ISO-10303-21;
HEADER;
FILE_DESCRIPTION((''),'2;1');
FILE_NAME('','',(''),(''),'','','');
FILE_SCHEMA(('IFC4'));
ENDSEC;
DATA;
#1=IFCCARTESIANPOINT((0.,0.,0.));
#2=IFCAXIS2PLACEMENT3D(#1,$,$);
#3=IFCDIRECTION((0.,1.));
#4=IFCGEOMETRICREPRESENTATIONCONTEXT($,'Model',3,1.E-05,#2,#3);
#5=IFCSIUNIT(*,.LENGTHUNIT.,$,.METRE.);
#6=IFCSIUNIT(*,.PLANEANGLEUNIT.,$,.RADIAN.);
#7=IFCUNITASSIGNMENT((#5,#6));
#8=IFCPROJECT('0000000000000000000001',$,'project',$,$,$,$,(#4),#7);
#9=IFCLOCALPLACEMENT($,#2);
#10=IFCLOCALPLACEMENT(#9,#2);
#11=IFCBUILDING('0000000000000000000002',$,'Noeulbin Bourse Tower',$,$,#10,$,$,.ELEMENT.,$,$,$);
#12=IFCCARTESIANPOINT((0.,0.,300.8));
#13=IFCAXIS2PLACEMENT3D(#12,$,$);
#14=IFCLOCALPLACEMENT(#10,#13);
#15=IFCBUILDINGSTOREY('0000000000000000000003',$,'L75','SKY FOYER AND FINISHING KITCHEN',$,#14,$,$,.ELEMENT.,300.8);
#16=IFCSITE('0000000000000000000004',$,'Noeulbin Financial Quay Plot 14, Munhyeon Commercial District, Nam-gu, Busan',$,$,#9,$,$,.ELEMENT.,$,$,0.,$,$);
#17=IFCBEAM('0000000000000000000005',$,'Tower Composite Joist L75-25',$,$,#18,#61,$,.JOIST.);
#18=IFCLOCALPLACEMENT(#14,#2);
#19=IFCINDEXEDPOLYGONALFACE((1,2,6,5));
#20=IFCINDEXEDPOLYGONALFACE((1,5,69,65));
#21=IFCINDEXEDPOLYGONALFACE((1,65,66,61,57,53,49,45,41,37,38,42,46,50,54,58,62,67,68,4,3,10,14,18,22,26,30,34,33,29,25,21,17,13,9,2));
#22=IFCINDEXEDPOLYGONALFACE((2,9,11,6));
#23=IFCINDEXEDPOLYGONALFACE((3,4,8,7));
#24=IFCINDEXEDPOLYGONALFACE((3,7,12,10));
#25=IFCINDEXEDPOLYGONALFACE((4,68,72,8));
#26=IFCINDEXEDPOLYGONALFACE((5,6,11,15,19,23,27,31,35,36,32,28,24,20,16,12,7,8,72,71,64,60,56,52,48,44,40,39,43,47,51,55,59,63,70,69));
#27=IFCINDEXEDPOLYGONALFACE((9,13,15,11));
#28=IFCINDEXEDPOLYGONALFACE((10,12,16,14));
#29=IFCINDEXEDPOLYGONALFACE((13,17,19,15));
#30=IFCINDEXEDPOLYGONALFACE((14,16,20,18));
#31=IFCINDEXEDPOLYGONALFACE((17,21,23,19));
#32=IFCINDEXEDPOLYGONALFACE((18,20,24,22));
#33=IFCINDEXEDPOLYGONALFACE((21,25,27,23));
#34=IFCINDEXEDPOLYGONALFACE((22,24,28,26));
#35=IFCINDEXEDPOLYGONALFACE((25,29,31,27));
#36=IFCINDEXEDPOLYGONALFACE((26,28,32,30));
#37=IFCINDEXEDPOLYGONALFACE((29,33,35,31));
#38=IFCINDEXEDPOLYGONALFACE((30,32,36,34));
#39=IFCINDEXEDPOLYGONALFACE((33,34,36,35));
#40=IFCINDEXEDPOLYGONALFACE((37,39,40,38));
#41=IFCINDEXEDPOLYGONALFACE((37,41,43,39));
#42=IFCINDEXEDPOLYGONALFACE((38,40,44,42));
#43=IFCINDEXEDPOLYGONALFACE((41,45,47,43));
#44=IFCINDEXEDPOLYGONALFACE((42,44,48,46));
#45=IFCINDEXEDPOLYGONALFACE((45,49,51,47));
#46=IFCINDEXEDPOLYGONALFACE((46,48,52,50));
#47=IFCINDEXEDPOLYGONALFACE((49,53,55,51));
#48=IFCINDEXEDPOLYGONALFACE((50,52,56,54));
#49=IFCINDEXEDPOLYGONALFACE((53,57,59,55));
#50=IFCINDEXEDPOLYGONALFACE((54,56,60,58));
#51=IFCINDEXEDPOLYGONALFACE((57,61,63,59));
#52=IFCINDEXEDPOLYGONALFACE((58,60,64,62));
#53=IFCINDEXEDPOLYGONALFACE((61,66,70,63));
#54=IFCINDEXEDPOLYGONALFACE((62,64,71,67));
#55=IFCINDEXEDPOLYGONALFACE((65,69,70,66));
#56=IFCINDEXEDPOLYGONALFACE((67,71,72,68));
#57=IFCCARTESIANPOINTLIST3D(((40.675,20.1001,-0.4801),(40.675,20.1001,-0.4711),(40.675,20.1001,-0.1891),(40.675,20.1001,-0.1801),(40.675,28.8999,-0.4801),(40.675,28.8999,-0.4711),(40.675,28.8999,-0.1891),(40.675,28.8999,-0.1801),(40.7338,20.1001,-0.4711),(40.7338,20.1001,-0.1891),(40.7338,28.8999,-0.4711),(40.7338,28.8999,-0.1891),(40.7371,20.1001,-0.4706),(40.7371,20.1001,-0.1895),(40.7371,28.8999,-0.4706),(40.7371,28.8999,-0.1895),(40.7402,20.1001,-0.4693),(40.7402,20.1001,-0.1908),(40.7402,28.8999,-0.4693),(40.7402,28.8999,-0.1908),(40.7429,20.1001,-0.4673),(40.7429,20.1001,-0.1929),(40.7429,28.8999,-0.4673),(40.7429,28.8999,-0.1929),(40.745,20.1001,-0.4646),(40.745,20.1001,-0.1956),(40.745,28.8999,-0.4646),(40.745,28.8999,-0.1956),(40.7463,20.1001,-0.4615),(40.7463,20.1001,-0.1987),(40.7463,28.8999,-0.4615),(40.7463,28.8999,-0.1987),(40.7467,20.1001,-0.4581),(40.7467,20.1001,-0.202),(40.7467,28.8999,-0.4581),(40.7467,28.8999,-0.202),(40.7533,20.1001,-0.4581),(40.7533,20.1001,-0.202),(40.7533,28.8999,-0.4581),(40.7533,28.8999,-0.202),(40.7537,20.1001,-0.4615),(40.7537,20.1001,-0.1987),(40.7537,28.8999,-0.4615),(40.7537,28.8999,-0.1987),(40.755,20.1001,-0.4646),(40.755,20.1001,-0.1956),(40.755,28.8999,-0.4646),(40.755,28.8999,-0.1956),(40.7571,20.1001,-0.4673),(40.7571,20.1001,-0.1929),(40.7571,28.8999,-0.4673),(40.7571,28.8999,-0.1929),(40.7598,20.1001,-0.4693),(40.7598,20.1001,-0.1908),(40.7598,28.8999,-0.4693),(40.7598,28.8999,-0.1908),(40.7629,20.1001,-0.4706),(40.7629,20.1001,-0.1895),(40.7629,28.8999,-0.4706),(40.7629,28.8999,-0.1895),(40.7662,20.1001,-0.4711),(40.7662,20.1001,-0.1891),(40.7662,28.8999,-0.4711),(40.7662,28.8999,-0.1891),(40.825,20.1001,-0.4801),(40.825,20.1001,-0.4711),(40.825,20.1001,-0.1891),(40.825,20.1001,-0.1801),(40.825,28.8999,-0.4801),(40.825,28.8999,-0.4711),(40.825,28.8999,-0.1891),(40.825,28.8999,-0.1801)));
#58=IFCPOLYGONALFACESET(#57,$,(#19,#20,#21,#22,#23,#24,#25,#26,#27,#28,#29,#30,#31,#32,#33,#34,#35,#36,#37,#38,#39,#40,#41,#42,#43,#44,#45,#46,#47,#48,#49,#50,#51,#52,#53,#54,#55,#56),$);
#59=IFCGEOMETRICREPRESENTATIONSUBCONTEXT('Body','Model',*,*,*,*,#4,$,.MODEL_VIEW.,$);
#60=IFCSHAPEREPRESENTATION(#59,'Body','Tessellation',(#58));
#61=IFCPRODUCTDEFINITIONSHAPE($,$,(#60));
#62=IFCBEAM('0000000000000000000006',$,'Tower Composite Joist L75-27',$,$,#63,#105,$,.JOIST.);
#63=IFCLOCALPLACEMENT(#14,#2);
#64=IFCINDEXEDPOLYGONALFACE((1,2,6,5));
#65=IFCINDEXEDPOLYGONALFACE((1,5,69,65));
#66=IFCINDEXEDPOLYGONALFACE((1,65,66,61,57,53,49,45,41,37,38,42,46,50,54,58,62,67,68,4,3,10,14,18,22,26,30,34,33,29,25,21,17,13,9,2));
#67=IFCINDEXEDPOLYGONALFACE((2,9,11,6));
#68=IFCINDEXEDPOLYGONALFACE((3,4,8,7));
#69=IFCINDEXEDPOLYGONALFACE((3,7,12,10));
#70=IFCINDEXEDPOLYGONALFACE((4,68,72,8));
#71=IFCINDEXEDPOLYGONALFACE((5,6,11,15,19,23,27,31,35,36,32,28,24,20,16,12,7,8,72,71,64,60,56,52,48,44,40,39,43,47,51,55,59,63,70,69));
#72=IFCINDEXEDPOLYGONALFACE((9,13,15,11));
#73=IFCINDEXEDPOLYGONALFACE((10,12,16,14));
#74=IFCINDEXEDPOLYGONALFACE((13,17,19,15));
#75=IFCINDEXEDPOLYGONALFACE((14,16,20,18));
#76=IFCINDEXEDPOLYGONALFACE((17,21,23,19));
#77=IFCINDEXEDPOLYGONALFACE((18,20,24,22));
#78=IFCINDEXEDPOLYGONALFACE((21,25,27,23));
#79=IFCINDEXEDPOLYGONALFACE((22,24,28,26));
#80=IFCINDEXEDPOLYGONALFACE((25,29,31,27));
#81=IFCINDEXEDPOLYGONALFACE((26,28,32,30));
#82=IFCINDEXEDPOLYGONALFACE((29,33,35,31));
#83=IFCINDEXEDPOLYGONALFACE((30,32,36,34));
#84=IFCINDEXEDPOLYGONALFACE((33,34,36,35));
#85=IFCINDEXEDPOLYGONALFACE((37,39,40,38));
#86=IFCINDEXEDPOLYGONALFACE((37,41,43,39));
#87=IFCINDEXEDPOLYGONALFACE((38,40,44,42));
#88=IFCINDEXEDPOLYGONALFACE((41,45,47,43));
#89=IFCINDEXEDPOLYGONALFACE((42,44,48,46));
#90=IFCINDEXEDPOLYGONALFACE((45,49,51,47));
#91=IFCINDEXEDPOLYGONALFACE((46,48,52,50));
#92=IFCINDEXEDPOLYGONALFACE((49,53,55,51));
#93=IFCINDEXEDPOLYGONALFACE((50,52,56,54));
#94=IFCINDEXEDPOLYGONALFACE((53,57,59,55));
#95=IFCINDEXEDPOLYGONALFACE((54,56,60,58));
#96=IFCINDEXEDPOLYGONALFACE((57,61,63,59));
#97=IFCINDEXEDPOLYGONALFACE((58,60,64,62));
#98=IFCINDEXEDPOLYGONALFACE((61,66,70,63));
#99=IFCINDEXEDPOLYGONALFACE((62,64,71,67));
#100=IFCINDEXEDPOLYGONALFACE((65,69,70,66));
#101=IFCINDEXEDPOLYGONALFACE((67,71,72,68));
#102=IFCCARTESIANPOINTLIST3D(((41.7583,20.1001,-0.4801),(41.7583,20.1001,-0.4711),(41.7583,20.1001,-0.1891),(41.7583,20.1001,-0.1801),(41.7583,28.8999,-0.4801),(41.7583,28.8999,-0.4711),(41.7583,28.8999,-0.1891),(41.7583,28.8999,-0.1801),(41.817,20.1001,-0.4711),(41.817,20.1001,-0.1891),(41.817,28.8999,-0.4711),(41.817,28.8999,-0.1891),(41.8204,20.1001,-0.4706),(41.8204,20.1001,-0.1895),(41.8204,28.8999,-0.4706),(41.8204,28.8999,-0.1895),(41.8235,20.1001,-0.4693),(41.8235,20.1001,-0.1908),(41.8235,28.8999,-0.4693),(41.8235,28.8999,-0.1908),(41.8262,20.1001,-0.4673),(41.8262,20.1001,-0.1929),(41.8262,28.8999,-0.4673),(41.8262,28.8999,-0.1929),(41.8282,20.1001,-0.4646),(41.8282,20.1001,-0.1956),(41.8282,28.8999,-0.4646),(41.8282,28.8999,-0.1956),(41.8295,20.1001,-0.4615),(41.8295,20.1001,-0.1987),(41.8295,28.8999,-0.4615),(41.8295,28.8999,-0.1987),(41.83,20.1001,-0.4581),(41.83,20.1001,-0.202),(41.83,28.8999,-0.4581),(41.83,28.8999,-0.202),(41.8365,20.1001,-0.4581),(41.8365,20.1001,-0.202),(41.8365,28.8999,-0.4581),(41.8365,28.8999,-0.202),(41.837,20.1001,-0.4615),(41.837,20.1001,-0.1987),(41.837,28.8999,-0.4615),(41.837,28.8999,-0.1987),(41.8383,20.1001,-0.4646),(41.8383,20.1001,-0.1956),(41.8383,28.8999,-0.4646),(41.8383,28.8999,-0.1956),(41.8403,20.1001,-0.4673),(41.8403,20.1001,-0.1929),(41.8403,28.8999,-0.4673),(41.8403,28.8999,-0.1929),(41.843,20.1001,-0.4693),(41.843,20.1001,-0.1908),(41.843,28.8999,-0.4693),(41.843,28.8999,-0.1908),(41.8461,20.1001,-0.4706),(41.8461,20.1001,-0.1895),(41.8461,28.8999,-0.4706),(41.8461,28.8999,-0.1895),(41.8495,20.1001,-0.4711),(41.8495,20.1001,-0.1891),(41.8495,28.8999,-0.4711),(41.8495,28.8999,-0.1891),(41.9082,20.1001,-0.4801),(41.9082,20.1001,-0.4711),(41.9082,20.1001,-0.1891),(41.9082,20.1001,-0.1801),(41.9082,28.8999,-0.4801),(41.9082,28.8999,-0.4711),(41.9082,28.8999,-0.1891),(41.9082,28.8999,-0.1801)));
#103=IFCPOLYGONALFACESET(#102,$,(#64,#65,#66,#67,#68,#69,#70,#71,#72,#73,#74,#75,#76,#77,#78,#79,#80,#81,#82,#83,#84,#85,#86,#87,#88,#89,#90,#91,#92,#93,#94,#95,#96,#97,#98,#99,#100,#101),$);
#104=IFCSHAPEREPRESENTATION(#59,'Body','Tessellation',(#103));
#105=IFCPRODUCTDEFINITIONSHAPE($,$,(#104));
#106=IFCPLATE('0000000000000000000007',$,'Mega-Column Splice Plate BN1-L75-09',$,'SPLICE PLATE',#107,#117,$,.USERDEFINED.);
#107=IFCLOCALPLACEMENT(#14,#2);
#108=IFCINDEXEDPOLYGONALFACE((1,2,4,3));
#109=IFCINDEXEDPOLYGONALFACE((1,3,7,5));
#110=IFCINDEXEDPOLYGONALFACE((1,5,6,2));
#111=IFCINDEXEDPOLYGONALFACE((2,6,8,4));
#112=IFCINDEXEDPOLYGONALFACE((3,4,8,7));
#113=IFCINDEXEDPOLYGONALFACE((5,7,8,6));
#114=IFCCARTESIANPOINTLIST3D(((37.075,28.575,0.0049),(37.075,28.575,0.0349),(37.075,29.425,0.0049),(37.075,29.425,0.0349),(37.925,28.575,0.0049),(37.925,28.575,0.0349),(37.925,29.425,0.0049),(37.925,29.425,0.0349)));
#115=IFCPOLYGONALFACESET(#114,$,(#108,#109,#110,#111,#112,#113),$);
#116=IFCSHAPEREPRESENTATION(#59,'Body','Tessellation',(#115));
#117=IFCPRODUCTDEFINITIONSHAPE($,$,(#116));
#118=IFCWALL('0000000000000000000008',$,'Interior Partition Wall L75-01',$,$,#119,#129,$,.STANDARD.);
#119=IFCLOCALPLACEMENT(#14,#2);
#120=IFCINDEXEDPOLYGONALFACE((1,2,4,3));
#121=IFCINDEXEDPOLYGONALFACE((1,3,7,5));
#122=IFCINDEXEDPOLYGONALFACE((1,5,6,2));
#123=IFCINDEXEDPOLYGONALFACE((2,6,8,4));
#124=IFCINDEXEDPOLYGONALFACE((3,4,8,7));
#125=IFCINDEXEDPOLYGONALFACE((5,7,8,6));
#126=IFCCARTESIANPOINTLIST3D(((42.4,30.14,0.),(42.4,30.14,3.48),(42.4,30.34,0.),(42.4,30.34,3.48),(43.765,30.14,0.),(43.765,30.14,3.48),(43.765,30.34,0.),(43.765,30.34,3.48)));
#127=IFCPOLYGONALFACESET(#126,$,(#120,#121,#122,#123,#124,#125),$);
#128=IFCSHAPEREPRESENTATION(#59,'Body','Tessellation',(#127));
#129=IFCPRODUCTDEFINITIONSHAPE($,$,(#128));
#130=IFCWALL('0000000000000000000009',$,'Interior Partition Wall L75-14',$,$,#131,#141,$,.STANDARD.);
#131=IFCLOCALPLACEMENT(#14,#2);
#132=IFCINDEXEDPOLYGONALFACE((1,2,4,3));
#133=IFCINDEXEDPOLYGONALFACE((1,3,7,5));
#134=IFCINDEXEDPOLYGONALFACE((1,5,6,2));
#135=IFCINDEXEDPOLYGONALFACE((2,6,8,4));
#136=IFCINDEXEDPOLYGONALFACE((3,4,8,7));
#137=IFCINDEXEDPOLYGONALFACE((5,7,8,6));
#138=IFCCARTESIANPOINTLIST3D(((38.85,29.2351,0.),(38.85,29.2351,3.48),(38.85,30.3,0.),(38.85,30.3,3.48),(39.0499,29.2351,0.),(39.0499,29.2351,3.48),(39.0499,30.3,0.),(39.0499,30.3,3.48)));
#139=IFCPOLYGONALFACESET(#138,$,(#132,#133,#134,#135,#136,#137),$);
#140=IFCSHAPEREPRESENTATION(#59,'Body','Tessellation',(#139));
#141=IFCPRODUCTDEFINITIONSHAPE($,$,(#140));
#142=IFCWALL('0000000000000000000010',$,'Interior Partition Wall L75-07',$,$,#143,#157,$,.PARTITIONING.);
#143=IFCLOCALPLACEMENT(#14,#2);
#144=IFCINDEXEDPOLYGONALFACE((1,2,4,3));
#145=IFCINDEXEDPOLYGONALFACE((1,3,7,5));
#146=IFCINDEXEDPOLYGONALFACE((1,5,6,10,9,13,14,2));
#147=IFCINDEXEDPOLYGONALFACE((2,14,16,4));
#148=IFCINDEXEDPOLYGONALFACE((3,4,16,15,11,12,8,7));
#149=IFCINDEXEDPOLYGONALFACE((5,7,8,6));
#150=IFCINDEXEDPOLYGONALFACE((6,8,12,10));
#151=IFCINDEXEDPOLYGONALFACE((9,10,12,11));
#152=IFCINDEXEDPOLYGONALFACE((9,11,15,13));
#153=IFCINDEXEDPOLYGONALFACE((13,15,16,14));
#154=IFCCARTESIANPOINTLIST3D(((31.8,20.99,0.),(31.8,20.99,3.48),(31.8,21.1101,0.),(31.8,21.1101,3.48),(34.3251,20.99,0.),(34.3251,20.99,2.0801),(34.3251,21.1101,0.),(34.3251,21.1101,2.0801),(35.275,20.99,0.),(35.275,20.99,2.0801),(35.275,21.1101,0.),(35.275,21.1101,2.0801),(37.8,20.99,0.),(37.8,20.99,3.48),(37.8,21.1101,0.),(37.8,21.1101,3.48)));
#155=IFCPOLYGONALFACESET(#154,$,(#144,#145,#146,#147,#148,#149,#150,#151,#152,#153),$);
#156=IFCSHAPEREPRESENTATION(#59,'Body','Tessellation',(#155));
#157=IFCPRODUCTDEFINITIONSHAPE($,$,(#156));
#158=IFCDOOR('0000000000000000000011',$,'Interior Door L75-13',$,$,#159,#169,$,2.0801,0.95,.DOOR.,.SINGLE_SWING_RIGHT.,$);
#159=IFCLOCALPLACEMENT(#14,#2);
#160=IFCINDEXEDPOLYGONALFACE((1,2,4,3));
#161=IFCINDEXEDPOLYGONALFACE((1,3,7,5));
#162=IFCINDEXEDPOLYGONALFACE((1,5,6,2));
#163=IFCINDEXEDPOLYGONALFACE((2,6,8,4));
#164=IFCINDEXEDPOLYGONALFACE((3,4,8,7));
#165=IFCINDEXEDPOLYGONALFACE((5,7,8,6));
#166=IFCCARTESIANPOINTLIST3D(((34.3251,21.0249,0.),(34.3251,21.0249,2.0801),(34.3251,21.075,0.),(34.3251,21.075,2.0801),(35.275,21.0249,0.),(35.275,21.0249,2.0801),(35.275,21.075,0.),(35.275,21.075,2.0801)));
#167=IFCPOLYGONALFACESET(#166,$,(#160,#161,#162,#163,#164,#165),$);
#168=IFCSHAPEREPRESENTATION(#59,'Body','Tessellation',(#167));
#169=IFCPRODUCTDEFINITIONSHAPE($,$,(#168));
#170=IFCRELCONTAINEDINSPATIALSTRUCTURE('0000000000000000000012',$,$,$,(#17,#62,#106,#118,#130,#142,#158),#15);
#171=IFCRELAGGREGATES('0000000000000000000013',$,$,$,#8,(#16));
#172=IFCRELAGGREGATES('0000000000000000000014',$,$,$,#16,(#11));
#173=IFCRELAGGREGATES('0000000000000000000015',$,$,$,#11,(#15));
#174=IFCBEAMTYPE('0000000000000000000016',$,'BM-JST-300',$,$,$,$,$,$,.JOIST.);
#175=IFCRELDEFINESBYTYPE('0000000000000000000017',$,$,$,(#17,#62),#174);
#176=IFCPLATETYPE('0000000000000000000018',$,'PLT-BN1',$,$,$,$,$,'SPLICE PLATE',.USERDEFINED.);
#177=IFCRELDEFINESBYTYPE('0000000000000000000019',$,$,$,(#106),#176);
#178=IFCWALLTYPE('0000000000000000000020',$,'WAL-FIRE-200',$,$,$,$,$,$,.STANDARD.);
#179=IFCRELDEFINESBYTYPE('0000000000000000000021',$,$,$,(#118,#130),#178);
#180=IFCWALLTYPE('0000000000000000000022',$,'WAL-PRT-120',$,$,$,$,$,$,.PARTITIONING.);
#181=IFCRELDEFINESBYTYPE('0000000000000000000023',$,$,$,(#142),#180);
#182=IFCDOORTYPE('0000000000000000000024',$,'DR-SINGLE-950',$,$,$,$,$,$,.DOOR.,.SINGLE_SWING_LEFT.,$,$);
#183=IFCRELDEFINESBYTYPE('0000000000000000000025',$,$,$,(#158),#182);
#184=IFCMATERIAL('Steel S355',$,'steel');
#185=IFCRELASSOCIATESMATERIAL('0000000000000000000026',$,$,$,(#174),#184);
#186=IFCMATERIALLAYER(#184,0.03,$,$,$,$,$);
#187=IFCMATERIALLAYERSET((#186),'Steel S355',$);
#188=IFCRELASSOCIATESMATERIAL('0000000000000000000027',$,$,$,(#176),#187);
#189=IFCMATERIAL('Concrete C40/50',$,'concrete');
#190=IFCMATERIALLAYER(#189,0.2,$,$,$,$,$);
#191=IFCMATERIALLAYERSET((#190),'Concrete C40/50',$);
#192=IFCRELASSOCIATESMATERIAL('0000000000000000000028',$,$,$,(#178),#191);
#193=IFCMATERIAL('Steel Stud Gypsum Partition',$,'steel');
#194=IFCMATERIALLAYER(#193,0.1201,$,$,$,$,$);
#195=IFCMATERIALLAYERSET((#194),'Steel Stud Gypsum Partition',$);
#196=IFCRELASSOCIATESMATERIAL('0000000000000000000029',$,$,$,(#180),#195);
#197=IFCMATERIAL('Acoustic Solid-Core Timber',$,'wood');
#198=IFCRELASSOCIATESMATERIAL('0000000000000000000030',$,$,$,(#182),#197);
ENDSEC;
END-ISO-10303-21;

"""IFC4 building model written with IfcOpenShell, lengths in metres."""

from ifc_helpers import new_model, si_unit, direction, frame, frame_2d, origin, origin_2d, place, context, subcontext, project, spatial, rectangle, i_section, extrude, material, layer, layer_set, material_profile, profile_set, type_object, element, fill, save


model = new_model("IFC4")

# Units and contexts
model_context = context("Model", 3, precision=1e-05, world=origin(), true_north=direction((0.0, 1.0)))
body_context = subcontext(model_context, "Body", "Model", "MODEL_VIEW")
ifc_project = project(units=[si_unit("LENGTHUNIT", "METRE"), si_unit("PLANEANGLEUNIT", "RADIAN")], contexts=[model_context])

# Site, building, storey
site_placement = place(None, origin())
site = spatial("IfcSite", under=ifc_project, at=site_placement, Name="Noeulbin Financial Quay Plot 14, Munhyeon Commercial District, Nam-gu, Busan", CompositionType="ELEMENT", RefElevation=0.0)
building_placement = place(site_placement, origin())
building = spatial("IfcBuilding", under=site, at=building_placement, Name="Noeulbin Bourse Tower", CompositionType="ELEMENT")
storey_placement = place(building_placement, frame((0.0, 0.0, 300.8)))
storey = spatial("IfcBuildingStorey", under=building, at=storey_placement, Name="L75", Description="SKY FOYER AND FINISHING KITCHEN", CompositionType="ELEMENT", Elevation=300.8)

# Shared definitions
ifc_material_1 = material(Name="Steel S355", Category="steel")

# Beams
ifc_material_profile_1 = material_profile(ifc_material_1, i_section(OverallWidth=0.1499, OverallDepth=0.3, WebThickness=0.0066, FlangeThickness=0.009, FilletRadius=0.0129, at=origin_2d()), Name="H-300x150x6.5x9", Category="LoadBearing")
ifc_profile_set_1 = profile_set([ifc_material_profile_1], Name="Steel S355")
beam_type = type_object("IfcBeamType", Name="BM-JST-300", PredefinedType="JOIST", material=ifc_profile_set_1)
for number, where, z_axis, x_axis, name in (
    (1, (40.75, 20.1001, -0.3301), (0.0, 1.0, 0.0), (-1.0, 0.0, 0.0), "Tower Composite Joist L75-25"),
    (2, (41.8333, 20.1001, -0.3301), (0.0, 1.0, 0.0), (-1.0, 0.0, 0.0), "Tower Composite Joist L75-27"),
):
    element("IfcBeam", number, at=place(storey_placement, frame(where, z_axis=z_axis, x_axis=x_axis)), inside=storey, type_object=beam_type, Name=name, PredefinedType="JOIST", context=body_context, shape_type="SweptSolid", body=[
        extrude(i_section(OverallWidth=0.1499, OverallDepth=0.3, WebThickness=0.0066, FlangeThickness=0.009, FilletRadius=0.0129, at=origin_2d()), origin(), (0.0, 0.0, 1.0), 8.7998),
    ])

# Plate
ifc_layer_1 = layer(ifc_material_1, 0.03)
ifc_layer_set_1 = layer_set([ifc_layer_1], Name="Steel S355")
plate_type = type_object("IfcPlateType", Name="PLT-BN1", ElementType="SPLICE PLATE", PredefinedType="USERDEFINED", material=ifc_layer_set_1)
plate_placement = place(storey_placement, frame((37.5, 29.0, 0.0049), z_axis=(0.0, 0.0, 1.0), x_axis=(1.0, 0.0, 0.0)))
element("IfcPlate", 3, at=plate_placement, inside=storey, type_object=plate_type, Name="Mega-Column Splice Plate BN1-L75-09", ObjectType="SPLICE PLATE", PredefinedType="USERDEFINED", context=body_context, shape_type="SweptSolid", body=[
    extrude(rectangle(XDim=0.8501, YDim=0.8501, at=origin_2d()), origin(), (0.0, 0.0, 1.0), 0.03),
])

# Walls
ifc_material_2 = material(Name="Concrete C40/50", Category="concrete")
ifc_layer_2 = layer(ifc_material_2, 0.2)
ifc_layer_set_2 = layer_set([ifc_layer_2], Name="Concrete C40/50")
wall_type_1 = type_object("IfcWallType", Name="WAL-FIRE-200", PredefinedType="STANDARD", material=ifc_layer_set_2)
wall_1_placement = place(storey_placement, frame((42.3999, 30.24, 0.0), z_axis=(0.0, 0.0, 1.0), x_axis=(1.0, 0.0, 0.0)))
element("IfcWall", 4, at=wall_1_placement, inside=storey, type_object=wall_type_1, Name="Interior Partition Wall L75-01", PredefinedType="STANDARD", context=body_context, shape_type="SweptSolid", body=[
    extrude(rectangle(XDim=1.365, YDim=0.2, at=frame_2d((0.6826, 0.0))), origin(), (0.0, 0.0, 1.0), 3.48),
])
wall_2_placement = place(storey_placement, frame((38.95, 29.2351, 0.0), z_axis=(0.0, 0.0, 1.0), x_axis=(0.0, 1.0, 0.0)))
element("IfcWall", 5, at=wall_2_placement, inside=storey, type_object=wall_type_1, Name="Interior Partition Wall L75-14", PredefinedType="STANDARD", context=body_context, shape_type="SweptSolid", body=[
    extrude(rectangle(XDim=1.0649, YDim=0.2, at=frame_2d((0.5325, 0.0))), origin(), (0.0, 0.0, 1.0), 3.48),
])

# Wall, opening, door
ifc_material_3 = material(Name="Steel Stud Gypsum Partition", Category="steel")
ifc_layer_3 = layer(ifc_material_3, 0.1201)
ifc_layer_set_3 = layer_set([ifc_layer_3], Name="Steel Stud Gypsum Partition")
wall_type_2 = type_object("IfcWallType", Name="WAL-PRT-120", PredefinedType="PARTITIONING", material=ifc_layer_set_3)
wall_3_placement = place(storey_placement, frame((31.8, 21.05, 0.0), z_axis=(0.0, 0.0, 1.0), x_axis=(1.0, 0.0, 0.0)))
wall_3 = element("IfcWall", 6, at=wall_3_placement, inside=storey, type_object=wall_type_2, Name="Interior Partition Wall L75-07", PredefinedType="PARTITIONING", context=body_context, shape_type="SweptSolid", body=[
    extrude(rectangle(XDim=6.0, YDim=0.1201, at=frame_2d((3.0, 0.0))), origin(), (0.0, 0.0, 1.0), 3.48),
])
opening_1_placement = place(wall_3_placement, frame((2.5249, 0.0, 0.0)))
opening_1 = element("IfcOpeningElement", 7, at=opening_1_placement, cuts=wall_3, PredefinedType="OPENING", context=body_context, shape_type="SweptSolid", body=[
    extrude(rectangle(XDim=0.95, YDim=2.0801, at=frame_2d((0.4751, 1.04))), frame((0.0, 0.0701, 0.0), z_axis=(0.0, -1.0, 0.0), x_axis=(1.0, 0.0, 0.0)), (0.0, 0.0, 1.0), 0.1401),
])
ifc_material_4 = material(Name="Acoustic Solid-Core Timber", Category="wood")
door_type_1 = type_object("IfcDoorType", Name="DR-SINGLE-950", OperationType="SINGLE_SWING_LEFT", PredefinedType="DOOR", material=ifc_material_4)
door_1_placement = place(opening_1_placement, origin())
door_1 = element("IfcDoor", 8, at=door_1_placement, inside=storey, type_object=door_type_1, Name="Interior Door L75-13", OperationType="SINGLE_SWING_RIGHT", OverallHeight=2.0801, OverallWidth=0.95, PredefinedType="DOOR", context=body_context, shape_type="SweptSolid", body=[
    extrude(rectangle(XDim=0.95, YDim=2.0801, at=frame_2d((0.4751, 1.04))), frame((0.0, 0.0249, 0.0), z_axis=(0.0, -1.0, 0.0), x_axis=(1.0, 0.0, 0.0)), (0.0, 0.0, 1.0), 0.05),
])
fill(opening_1, door_1)

save(model, "model.ifc")
